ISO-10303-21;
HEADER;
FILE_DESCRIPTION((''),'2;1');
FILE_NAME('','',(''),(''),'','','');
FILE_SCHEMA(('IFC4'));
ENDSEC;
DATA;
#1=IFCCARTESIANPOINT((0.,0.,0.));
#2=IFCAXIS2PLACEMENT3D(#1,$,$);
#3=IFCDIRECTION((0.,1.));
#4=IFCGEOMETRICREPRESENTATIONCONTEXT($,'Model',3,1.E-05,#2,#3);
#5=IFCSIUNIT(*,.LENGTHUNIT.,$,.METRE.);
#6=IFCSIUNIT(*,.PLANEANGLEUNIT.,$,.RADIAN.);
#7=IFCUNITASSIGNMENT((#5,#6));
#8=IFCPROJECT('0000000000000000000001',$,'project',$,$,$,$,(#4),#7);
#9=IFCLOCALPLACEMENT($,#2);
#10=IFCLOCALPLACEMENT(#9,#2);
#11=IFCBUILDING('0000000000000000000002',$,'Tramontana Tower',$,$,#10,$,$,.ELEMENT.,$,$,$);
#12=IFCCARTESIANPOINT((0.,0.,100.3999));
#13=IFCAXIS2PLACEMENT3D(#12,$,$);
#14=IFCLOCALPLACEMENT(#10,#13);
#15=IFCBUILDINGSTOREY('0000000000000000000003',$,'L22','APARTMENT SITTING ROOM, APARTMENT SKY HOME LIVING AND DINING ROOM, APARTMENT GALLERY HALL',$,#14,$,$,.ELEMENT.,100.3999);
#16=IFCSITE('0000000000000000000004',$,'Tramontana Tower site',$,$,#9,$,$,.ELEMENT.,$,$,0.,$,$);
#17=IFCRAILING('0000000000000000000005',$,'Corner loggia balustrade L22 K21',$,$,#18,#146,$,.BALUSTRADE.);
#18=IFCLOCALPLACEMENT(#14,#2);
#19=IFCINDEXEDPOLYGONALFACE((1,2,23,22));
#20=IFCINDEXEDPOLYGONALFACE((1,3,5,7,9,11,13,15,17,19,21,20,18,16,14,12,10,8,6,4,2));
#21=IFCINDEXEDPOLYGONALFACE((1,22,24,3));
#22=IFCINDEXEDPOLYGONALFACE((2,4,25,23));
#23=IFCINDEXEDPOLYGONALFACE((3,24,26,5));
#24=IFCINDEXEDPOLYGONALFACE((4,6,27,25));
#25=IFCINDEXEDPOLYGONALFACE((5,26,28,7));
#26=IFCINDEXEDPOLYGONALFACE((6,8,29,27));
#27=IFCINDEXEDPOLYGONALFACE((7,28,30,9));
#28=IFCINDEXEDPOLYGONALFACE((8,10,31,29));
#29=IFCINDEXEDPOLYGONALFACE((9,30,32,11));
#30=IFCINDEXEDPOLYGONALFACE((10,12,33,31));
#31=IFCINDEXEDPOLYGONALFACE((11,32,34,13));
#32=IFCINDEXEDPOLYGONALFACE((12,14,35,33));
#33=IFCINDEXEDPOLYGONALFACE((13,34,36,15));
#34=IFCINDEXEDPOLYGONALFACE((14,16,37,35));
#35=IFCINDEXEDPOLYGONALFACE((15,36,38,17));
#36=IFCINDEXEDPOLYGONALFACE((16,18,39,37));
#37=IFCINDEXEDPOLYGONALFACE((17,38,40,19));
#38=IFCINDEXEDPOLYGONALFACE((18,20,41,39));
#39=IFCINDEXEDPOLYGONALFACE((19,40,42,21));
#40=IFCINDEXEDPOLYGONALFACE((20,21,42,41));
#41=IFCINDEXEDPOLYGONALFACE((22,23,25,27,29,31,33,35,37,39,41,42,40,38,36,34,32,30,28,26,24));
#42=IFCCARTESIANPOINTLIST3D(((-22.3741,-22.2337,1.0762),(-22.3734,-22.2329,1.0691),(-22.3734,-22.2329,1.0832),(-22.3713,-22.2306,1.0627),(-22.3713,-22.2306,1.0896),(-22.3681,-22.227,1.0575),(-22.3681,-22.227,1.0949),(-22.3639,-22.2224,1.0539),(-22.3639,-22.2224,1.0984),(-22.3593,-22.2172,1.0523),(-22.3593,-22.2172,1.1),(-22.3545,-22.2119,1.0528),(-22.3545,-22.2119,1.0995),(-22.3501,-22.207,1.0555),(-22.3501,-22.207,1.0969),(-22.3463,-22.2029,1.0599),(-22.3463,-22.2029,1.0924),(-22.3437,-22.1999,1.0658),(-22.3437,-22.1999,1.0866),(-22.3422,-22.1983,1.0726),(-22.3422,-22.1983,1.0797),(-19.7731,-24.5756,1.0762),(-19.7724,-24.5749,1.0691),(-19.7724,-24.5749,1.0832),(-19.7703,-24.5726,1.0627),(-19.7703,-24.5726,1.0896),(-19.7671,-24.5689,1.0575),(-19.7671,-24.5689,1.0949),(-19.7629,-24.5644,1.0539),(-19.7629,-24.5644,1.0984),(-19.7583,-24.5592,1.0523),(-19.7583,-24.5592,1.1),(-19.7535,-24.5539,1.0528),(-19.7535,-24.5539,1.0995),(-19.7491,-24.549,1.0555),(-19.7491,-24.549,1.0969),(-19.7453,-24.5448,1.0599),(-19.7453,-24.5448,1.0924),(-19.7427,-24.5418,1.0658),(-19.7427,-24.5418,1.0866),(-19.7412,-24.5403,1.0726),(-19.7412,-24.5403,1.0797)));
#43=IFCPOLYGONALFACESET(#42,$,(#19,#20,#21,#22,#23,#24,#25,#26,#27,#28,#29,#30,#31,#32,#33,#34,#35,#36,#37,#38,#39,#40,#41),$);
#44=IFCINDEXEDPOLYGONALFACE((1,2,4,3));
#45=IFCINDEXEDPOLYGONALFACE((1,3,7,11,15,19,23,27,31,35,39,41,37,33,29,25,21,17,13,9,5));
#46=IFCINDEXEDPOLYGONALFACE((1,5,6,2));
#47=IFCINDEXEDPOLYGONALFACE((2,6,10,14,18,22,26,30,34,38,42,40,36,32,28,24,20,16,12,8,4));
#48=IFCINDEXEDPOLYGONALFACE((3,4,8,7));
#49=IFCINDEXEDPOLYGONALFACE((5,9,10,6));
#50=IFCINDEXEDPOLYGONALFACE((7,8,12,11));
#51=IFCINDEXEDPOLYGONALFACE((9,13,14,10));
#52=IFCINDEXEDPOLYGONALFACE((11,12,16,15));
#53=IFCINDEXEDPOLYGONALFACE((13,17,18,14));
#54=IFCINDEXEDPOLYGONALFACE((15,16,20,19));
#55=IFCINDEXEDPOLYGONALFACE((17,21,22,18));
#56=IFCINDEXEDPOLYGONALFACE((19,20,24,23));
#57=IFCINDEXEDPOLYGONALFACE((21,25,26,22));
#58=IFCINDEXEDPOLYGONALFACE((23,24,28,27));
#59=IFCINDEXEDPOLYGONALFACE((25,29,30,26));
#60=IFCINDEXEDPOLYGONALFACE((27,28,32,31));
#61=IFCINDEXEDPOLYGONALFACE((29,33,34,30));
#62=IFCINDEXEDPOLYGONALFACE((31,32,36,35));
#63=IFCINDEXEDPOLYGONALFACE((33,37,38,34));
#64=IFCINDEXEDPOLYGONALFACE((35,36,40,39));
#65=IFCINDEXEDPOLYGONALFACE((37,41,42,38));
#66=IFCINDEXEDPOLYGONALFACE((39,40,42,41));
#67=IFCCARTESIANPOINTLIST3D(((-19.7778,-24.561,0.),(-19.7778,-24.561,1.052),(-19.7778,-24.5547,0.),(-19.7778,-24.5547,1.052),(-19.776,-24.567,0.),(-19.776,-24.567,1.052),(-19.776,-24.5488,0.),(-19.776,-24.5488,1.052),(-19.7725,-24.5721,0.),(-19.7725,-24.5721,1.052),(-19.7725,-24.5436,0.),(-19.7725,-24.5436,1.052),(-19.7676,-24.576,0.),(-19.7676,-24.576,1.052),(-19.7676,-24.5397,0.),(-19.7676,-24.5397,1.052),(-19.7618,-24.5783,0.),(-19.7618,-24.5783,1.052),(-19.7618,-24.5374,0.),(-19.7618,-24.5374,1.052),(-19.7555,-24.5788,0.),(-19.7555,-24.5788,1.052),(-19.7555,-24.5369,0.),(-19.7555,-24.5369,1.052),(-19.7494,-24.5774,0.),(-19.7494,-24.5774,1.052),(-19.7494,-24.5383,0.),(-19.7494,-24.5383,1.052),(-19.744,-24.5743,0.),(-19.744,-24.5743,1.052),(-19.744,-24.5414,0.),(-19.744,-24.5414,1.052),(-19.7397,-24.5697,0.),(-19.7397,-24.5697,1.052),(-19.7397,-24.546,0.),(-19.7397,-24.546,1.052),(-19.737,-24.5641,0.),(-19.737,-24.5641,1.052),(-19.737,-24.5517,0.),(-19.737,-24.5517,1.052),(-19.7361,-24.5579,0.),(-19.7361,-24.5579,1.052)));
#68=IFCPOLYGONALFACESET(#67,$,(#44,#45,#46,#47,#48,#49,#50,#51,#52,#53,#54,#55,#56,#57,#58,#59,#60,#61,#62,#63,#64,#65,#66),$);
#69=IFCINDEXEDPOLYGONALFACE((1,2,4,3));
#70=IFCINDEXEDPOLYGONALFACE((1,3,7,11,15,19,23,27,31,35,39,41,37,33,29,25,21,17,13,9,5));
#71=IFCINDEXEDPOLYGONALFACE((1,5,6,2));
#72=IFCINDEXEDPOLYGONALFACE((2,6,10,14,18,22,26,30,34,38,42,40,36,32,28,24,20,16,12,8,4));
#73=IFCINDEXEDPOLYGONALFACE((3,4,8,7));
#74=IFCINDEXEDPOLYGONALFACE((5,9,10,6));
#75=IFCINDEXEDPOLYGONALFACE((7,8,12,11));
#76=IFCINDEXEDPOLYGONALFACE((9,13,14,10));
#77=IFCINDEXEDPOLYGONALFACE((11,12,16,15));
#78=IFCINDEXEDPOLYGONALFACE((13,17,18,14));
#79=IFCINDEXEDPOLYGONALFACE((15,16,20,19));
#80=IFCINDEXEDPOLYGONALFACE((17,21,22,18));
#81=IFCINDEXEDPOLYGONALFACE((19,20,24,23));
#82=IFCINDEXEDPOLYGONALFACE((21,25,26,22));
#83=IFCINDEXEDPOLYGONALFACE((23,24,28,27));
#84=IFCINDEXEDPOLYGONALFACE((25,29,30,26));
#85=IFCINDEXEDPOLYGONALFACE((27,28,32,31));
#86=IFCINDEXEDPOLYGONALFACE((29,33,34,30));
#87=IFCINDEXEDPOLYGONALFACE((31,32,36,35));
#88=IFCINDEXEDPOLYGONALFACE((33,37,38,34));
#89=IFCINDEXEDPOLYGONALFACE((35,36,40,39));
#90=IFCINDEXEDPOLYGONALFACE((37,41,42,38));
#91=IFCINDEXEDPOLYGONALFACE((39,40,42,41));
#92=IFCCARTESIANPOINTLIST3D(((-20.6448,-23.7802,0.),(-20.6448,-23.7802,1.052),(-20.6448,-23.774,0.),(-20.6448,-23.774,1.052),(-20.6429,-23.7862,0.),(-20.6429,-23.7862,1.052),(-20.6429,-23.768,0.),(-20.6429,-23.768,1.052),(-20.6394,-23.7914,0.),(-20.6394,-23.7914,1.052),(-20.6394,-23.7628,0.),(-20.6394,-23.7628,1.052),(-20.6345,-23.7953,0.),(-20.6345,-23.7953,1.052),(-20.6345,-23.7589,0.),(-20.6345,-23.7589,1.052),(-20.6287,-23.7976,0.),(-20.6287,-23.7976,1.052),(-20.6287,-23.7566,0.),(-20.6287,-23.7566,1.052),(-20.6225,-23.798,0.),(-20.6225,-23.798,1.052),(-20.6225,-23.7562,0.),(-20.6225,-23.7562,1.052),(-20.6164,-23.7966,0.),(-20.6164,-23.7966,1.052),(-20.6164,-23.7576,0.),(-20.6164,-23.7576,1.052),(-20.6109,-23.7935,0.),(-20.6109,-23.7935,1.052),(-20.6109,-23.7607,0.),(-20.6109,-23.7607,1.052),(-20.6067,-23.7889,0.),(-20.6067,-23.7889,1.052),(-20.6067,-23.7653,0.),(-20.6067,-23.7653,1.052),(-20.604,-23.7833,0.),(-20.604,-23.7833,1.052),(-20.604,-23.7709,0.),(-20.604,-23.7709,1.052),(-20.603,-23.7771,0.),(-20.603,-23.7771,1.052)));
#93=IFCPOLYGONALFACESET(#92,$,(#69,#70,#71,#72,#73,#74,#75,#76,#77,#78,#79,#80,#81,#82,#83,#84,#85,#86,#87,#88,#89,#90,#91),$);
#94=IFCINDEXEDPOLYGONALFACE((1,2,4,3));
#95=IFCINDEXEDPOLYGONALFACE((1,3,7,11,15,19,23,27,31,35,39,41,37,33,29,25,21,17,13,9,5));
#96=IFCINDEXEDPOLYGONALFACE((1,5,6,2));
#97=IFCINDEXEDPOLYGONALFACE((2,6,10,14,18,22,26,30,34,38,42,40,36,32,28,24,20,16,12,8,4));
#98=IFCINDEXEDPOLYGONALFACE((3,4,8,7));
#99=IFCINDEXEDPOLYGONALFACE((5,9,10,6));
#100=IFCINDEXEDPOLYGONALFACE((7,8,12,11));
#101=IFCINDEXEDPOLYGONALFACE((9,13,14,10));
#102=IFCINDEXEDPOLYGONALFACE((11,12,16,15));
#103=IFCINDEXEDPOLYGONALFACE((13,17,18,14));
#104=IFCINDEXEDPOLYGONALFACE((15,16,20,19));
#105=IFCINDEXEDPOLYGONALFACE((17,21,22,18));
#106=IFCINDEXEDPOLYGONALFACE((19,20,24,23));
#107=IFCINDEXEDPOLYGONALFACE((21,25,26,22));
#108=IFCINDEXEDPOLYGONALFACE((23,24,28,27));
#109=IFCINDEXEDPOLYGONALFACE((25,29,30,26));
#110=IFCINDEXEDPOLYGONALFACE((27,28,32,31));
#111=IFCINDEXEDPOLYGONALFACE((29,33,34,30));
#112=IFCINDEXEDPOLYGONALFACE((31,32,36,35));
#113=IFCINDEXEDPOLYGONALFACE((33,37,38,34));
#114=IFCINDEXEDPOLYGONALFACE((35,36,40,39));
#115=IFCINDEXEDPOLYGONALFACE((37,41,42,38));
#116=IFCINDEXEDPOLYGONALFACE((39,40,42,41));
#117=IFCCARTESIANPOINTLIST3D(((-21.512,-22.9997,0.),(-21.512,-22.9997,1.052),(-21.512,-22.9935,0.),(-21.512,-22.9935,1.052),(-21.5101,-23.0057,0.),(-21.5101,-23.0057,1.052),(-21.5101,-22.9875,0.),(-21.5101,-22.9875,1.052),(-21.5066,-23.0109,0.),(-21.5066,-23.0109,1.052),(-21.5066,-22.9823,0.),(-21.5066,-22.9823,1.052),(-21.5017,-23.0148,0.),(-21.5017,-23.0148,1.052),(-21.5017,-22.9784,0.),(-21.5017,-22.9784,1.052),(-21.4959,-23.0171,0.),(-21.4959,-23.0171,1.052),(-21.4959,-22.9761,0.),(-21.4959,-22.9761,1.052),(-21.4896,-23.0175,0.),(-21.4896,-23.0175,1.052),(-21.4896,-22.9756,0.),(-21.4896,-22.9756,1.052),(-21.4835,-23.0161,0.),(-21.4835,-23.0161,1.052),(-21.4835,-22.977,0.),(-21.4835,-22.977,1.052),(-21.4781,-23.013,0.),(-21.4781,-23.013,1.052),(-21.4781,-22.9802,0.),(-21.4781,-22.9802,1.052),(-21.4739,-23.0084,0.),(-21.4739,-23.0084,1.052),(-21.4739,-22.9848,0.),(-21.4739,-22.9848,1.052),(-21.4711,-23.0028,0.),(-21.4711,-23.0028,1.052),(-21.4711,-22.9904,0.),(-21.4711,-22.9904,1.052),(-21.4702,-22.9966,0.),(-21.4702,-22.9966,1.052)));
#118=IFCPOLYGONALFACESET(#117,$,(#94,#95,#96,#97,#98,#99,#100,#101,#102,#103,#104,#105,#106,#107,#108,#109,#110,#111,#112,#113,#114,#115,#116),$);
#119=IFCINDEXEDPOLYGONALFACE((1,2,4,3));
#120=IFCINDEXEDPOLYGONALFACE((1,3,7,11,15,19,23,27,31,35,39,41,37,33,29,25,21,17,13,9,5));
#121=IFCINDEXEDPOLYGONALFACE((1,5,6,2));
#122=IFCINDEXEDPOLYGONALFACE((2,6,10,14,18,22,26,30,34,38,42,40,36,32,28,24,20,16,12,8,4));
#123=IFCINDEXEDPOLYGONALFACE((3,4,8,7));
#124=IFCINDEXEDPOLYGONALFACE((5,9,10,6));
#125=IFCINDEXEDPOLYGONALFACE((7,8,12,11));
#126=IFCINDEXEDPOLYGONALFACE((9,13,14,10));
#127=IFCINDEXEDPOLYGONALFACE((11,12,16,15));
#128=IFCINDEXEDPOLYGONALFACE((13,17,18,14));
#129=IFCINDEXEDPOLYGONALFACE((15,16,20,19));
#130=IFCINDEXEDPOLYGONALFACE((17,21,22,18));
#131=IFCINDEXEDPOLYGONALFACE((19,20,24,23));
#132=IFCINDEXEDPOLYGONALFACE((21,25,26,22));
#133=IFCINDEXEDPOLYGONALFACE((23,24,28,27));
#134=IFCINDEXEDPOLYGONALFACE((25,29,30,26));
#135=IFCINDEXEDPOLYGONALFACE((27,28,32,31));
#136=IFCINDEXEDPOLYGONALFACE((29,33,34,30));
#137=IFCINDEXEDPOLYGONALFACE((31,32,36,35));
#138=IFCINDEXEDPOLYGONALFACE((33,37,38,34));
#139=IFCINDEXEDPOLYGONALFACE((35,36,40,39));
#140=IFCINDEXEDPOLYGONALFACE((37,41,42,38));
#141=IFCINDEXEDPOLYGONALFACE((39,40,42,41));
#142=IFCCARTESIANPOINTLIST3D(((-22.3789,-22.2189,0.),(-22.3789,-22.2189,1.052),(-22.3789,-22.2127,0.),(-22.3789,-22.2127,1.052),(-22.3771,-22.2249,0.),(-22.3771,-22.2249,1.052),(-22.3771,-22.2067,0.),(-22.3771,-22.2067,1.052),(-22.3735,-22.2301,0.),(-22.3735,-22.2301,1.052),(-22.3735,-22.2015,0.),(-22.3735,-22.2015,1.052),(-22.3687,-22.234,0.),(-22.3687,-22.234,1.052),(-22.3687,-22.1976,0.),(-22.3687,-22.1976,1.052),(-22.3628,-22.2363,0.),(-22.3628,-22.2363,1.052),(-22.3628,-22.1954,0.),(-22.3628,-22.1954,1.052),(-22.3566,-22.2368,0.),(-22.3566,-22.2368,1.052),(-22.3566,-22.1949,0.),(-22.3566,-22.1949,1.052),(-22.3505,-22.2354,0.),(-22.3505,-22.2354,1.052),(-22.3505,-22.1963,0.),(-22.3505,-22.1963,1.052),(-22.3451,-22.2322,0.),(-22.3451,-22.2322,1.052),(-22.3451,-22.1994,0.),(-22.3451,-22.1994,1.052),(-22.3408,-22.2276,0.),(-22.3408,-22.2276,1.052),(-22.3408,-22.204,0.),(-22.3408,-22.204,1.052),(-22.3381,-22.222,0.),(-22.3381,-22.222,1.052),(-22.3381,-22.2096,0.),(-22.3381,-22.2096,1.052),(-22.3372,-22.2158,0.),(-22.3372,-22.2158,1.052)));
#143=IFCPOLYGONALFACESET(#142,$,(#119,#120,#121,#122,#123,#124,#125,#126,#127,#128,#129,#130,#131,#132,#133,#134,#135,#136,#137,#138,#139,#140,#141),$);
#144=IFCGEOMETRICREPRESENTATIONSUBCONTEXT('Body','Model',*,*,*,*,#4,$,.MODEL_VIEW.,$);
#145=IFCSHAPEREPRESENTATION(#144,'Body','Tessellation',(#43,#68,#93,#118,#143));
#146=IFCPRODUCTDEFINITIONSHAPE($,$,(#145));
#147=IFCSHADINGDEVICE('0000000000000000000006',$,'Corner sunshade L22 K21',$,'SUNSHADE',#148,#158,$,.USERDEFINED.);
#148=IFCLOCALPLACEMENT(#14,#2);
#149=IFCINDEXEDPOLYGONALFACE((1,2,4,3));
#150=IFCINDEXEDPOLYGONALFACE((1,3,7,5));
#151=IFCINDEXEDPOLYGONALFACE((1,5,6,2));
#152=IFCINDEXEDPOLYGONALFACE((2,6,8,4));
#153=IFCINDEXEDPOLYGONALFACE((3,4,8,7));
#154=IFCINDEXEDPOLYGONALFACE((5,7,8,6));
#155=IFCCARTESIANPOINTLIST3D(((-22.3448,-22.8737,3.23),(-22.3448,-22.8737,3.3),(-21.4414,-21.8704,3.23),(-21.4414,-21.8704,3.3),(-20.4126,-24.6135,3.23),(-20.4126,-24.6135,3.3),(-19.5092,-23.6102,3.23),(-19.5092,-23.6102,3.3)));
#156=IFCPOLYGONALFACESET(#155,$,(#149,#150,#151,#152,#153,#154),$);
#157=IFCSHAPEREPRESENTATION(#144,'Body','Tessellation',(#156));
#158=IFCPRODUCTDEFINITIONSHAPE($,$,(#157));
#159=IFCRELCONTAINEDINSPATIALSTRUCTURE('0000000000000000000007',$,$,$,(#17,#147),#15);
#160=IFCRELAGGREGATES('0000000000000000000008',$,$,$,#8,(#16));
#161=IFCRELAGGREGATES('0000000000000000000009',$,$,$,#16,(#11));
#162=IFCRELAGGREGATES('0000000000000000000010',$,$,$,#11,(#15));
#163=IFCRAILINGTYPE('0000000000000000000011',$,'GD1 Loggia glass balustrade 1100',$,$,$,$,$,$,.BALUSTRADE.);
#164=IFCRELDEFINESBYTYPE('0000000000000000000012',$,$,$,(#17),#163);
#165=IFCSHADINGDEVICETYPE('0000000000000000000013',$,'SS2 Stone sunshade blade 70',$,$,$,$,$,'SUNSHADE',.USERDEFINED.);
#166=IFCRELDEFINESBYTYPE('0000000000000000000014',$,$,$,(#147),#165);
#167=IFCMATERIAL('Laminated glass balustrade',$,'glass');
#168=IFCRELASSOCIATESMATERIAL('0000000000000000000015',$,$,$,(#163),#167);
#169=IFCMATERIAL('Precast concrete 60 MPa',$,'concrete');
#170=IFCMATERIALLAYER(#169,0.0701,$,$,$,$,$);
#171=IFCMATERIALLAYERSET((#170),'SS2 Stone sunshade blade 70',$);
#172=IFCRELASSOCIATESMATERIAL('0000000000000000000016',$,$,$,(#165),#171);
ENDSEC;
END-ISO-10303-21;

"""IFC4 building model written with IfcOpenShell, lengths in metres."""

from ifc_helpers import new_model, si_unit, direction, frame, origin, origin_2d, place, context, subcontext, project, spatial, rectangle, circle, extrude, material, layer, layer_set, type_object, element, save


model = new_model("IFC4")

# Units and contexts
model_context = context("Model", 3, precision=1e-05, world=origin(), true_north=direction((0.0, 1.0)))
body_context = subcontext(model_context, "Body", "Model", "MODEL_VIEW")
ifc_project = project(units=[si_unit("LENGTHUNIT", "METRE"), si_unit("PLANEANGLEUNIT", "RADIAN")], contexts=[model_context])

# Site, building, storey
site_placement = place(None, origin())
site = spatial("IfcSite", under=ifc_project, at=site_placement, Name="Tramontana Tower site", CompositionType="ELEMENT", RefElevation=0.0)
building_placement = place(site_placement, origin())
building = spatial("IfcBuilding", under=site, at=building_placement, Name="Tramontana Tower", CompositionType="ELEMENT")
storey_placement = place(building_placement, frame((0.0, 0.0, 100.3999)))
storey = spatial("IfcBuildingStorey", under=building, at=storey_placement, Name="L22", Description="APARTMENT SITTING ROOM, APARTMENT SKY HOME LIVING AND DINING ROOM, APARTMENT GALLERY HALL", CompositionType="ELEMENT", Elevation=100.3999)

# Railing
ifc_material_1 = material(Name="Laminated glass balustrade", Category="glass")
railing_type = type_object("IfcRailingType", Name="GD1 Loggia glass balustrade 1100", PredefinedType="BALUSTRADE", material=ifc_material_1)
railing_1_placement = place(storey_placement, frame((-19.7571, -24.5579, 0.0)))
element("IfcRailing", 1, at=railing_1_placement, inside=storey, type_object=railing_type, Name="Corner loggia balustrade L22 K21", PredefinedType="BALUSTRADE", context=body_context, shape_type="SweptSolid", body=[
    extrude(circle(Radius=0.0239, at=origin_2d()), frame((0.0, 0.0, 1.0762), z_axis=(-0.743142, 0.669134, 0.0), x_axis=(-0.669134, -0.743142, 0.0)), (0.0, 0.0, 1.0), 3.5),
    extrude(circle(Radius=0.021, at=origin_2d()), origin(), (0.0, 0.0, 1.0), 1.052),
    extrude(circle(Radius=0.021, at=origin_2d()), frame((-0.8669, 0.7808, 0.0)), (0.0, 0.0, 1.0), 1.052),
    extrude(circle(Radius=0.021, at=origin_2d()), frame((-1.7341, 1.5613, 0.0)), (0.0, 0.0, 1.0), 1.052),
    extrude(circle(Radius=0.021, at=origin_2d()), frame((-2.6011, 2.342, 0.0)), (0.0, 0.0, 1.0), 1.052),
])

# Shading device
ifc_material_2 = material(Name="Precast concrete 60 MPa", Category="concrete")
ifc_layer_1 = layer(ifc_material_2, 0.0701)
ifc_layer_set_1 = layer_set([ifc_layer_1], Name="SS2 Stone sunshade blade 70")
shading_device_type = type_object("IfcShadingDeviceType", Name="SS2 Stone sunshade blade 70", ElementType="SUNSHADE", PredefinedType="USERDEFINED", material=ifc_layer_set_1)
shading_device_placement = place(storey_placement, frame((-20.927, -23.2419, 3.23), z_axis=(0.0, 0.0, 1.0), x_axis=(-0.743145, 0.669131, 0.0)))
element("IfcShadingDevice", 2, at=shading_device_placement, inside=storey, type_object=shading_device_type, Name="Corner sunshade L22 K21", ObjectType="SUNSHADE", PredefinedType="USERDEFINED", context=body_context, shape_type="SweptSolid", body=[
    extrude(rectangle(XDim=2.6001, YDim=1.3501, at=origin_2d()), origin(), (0.0, 0.0, 1.0), 0.0701),
])

save(model, "model.ifc")
